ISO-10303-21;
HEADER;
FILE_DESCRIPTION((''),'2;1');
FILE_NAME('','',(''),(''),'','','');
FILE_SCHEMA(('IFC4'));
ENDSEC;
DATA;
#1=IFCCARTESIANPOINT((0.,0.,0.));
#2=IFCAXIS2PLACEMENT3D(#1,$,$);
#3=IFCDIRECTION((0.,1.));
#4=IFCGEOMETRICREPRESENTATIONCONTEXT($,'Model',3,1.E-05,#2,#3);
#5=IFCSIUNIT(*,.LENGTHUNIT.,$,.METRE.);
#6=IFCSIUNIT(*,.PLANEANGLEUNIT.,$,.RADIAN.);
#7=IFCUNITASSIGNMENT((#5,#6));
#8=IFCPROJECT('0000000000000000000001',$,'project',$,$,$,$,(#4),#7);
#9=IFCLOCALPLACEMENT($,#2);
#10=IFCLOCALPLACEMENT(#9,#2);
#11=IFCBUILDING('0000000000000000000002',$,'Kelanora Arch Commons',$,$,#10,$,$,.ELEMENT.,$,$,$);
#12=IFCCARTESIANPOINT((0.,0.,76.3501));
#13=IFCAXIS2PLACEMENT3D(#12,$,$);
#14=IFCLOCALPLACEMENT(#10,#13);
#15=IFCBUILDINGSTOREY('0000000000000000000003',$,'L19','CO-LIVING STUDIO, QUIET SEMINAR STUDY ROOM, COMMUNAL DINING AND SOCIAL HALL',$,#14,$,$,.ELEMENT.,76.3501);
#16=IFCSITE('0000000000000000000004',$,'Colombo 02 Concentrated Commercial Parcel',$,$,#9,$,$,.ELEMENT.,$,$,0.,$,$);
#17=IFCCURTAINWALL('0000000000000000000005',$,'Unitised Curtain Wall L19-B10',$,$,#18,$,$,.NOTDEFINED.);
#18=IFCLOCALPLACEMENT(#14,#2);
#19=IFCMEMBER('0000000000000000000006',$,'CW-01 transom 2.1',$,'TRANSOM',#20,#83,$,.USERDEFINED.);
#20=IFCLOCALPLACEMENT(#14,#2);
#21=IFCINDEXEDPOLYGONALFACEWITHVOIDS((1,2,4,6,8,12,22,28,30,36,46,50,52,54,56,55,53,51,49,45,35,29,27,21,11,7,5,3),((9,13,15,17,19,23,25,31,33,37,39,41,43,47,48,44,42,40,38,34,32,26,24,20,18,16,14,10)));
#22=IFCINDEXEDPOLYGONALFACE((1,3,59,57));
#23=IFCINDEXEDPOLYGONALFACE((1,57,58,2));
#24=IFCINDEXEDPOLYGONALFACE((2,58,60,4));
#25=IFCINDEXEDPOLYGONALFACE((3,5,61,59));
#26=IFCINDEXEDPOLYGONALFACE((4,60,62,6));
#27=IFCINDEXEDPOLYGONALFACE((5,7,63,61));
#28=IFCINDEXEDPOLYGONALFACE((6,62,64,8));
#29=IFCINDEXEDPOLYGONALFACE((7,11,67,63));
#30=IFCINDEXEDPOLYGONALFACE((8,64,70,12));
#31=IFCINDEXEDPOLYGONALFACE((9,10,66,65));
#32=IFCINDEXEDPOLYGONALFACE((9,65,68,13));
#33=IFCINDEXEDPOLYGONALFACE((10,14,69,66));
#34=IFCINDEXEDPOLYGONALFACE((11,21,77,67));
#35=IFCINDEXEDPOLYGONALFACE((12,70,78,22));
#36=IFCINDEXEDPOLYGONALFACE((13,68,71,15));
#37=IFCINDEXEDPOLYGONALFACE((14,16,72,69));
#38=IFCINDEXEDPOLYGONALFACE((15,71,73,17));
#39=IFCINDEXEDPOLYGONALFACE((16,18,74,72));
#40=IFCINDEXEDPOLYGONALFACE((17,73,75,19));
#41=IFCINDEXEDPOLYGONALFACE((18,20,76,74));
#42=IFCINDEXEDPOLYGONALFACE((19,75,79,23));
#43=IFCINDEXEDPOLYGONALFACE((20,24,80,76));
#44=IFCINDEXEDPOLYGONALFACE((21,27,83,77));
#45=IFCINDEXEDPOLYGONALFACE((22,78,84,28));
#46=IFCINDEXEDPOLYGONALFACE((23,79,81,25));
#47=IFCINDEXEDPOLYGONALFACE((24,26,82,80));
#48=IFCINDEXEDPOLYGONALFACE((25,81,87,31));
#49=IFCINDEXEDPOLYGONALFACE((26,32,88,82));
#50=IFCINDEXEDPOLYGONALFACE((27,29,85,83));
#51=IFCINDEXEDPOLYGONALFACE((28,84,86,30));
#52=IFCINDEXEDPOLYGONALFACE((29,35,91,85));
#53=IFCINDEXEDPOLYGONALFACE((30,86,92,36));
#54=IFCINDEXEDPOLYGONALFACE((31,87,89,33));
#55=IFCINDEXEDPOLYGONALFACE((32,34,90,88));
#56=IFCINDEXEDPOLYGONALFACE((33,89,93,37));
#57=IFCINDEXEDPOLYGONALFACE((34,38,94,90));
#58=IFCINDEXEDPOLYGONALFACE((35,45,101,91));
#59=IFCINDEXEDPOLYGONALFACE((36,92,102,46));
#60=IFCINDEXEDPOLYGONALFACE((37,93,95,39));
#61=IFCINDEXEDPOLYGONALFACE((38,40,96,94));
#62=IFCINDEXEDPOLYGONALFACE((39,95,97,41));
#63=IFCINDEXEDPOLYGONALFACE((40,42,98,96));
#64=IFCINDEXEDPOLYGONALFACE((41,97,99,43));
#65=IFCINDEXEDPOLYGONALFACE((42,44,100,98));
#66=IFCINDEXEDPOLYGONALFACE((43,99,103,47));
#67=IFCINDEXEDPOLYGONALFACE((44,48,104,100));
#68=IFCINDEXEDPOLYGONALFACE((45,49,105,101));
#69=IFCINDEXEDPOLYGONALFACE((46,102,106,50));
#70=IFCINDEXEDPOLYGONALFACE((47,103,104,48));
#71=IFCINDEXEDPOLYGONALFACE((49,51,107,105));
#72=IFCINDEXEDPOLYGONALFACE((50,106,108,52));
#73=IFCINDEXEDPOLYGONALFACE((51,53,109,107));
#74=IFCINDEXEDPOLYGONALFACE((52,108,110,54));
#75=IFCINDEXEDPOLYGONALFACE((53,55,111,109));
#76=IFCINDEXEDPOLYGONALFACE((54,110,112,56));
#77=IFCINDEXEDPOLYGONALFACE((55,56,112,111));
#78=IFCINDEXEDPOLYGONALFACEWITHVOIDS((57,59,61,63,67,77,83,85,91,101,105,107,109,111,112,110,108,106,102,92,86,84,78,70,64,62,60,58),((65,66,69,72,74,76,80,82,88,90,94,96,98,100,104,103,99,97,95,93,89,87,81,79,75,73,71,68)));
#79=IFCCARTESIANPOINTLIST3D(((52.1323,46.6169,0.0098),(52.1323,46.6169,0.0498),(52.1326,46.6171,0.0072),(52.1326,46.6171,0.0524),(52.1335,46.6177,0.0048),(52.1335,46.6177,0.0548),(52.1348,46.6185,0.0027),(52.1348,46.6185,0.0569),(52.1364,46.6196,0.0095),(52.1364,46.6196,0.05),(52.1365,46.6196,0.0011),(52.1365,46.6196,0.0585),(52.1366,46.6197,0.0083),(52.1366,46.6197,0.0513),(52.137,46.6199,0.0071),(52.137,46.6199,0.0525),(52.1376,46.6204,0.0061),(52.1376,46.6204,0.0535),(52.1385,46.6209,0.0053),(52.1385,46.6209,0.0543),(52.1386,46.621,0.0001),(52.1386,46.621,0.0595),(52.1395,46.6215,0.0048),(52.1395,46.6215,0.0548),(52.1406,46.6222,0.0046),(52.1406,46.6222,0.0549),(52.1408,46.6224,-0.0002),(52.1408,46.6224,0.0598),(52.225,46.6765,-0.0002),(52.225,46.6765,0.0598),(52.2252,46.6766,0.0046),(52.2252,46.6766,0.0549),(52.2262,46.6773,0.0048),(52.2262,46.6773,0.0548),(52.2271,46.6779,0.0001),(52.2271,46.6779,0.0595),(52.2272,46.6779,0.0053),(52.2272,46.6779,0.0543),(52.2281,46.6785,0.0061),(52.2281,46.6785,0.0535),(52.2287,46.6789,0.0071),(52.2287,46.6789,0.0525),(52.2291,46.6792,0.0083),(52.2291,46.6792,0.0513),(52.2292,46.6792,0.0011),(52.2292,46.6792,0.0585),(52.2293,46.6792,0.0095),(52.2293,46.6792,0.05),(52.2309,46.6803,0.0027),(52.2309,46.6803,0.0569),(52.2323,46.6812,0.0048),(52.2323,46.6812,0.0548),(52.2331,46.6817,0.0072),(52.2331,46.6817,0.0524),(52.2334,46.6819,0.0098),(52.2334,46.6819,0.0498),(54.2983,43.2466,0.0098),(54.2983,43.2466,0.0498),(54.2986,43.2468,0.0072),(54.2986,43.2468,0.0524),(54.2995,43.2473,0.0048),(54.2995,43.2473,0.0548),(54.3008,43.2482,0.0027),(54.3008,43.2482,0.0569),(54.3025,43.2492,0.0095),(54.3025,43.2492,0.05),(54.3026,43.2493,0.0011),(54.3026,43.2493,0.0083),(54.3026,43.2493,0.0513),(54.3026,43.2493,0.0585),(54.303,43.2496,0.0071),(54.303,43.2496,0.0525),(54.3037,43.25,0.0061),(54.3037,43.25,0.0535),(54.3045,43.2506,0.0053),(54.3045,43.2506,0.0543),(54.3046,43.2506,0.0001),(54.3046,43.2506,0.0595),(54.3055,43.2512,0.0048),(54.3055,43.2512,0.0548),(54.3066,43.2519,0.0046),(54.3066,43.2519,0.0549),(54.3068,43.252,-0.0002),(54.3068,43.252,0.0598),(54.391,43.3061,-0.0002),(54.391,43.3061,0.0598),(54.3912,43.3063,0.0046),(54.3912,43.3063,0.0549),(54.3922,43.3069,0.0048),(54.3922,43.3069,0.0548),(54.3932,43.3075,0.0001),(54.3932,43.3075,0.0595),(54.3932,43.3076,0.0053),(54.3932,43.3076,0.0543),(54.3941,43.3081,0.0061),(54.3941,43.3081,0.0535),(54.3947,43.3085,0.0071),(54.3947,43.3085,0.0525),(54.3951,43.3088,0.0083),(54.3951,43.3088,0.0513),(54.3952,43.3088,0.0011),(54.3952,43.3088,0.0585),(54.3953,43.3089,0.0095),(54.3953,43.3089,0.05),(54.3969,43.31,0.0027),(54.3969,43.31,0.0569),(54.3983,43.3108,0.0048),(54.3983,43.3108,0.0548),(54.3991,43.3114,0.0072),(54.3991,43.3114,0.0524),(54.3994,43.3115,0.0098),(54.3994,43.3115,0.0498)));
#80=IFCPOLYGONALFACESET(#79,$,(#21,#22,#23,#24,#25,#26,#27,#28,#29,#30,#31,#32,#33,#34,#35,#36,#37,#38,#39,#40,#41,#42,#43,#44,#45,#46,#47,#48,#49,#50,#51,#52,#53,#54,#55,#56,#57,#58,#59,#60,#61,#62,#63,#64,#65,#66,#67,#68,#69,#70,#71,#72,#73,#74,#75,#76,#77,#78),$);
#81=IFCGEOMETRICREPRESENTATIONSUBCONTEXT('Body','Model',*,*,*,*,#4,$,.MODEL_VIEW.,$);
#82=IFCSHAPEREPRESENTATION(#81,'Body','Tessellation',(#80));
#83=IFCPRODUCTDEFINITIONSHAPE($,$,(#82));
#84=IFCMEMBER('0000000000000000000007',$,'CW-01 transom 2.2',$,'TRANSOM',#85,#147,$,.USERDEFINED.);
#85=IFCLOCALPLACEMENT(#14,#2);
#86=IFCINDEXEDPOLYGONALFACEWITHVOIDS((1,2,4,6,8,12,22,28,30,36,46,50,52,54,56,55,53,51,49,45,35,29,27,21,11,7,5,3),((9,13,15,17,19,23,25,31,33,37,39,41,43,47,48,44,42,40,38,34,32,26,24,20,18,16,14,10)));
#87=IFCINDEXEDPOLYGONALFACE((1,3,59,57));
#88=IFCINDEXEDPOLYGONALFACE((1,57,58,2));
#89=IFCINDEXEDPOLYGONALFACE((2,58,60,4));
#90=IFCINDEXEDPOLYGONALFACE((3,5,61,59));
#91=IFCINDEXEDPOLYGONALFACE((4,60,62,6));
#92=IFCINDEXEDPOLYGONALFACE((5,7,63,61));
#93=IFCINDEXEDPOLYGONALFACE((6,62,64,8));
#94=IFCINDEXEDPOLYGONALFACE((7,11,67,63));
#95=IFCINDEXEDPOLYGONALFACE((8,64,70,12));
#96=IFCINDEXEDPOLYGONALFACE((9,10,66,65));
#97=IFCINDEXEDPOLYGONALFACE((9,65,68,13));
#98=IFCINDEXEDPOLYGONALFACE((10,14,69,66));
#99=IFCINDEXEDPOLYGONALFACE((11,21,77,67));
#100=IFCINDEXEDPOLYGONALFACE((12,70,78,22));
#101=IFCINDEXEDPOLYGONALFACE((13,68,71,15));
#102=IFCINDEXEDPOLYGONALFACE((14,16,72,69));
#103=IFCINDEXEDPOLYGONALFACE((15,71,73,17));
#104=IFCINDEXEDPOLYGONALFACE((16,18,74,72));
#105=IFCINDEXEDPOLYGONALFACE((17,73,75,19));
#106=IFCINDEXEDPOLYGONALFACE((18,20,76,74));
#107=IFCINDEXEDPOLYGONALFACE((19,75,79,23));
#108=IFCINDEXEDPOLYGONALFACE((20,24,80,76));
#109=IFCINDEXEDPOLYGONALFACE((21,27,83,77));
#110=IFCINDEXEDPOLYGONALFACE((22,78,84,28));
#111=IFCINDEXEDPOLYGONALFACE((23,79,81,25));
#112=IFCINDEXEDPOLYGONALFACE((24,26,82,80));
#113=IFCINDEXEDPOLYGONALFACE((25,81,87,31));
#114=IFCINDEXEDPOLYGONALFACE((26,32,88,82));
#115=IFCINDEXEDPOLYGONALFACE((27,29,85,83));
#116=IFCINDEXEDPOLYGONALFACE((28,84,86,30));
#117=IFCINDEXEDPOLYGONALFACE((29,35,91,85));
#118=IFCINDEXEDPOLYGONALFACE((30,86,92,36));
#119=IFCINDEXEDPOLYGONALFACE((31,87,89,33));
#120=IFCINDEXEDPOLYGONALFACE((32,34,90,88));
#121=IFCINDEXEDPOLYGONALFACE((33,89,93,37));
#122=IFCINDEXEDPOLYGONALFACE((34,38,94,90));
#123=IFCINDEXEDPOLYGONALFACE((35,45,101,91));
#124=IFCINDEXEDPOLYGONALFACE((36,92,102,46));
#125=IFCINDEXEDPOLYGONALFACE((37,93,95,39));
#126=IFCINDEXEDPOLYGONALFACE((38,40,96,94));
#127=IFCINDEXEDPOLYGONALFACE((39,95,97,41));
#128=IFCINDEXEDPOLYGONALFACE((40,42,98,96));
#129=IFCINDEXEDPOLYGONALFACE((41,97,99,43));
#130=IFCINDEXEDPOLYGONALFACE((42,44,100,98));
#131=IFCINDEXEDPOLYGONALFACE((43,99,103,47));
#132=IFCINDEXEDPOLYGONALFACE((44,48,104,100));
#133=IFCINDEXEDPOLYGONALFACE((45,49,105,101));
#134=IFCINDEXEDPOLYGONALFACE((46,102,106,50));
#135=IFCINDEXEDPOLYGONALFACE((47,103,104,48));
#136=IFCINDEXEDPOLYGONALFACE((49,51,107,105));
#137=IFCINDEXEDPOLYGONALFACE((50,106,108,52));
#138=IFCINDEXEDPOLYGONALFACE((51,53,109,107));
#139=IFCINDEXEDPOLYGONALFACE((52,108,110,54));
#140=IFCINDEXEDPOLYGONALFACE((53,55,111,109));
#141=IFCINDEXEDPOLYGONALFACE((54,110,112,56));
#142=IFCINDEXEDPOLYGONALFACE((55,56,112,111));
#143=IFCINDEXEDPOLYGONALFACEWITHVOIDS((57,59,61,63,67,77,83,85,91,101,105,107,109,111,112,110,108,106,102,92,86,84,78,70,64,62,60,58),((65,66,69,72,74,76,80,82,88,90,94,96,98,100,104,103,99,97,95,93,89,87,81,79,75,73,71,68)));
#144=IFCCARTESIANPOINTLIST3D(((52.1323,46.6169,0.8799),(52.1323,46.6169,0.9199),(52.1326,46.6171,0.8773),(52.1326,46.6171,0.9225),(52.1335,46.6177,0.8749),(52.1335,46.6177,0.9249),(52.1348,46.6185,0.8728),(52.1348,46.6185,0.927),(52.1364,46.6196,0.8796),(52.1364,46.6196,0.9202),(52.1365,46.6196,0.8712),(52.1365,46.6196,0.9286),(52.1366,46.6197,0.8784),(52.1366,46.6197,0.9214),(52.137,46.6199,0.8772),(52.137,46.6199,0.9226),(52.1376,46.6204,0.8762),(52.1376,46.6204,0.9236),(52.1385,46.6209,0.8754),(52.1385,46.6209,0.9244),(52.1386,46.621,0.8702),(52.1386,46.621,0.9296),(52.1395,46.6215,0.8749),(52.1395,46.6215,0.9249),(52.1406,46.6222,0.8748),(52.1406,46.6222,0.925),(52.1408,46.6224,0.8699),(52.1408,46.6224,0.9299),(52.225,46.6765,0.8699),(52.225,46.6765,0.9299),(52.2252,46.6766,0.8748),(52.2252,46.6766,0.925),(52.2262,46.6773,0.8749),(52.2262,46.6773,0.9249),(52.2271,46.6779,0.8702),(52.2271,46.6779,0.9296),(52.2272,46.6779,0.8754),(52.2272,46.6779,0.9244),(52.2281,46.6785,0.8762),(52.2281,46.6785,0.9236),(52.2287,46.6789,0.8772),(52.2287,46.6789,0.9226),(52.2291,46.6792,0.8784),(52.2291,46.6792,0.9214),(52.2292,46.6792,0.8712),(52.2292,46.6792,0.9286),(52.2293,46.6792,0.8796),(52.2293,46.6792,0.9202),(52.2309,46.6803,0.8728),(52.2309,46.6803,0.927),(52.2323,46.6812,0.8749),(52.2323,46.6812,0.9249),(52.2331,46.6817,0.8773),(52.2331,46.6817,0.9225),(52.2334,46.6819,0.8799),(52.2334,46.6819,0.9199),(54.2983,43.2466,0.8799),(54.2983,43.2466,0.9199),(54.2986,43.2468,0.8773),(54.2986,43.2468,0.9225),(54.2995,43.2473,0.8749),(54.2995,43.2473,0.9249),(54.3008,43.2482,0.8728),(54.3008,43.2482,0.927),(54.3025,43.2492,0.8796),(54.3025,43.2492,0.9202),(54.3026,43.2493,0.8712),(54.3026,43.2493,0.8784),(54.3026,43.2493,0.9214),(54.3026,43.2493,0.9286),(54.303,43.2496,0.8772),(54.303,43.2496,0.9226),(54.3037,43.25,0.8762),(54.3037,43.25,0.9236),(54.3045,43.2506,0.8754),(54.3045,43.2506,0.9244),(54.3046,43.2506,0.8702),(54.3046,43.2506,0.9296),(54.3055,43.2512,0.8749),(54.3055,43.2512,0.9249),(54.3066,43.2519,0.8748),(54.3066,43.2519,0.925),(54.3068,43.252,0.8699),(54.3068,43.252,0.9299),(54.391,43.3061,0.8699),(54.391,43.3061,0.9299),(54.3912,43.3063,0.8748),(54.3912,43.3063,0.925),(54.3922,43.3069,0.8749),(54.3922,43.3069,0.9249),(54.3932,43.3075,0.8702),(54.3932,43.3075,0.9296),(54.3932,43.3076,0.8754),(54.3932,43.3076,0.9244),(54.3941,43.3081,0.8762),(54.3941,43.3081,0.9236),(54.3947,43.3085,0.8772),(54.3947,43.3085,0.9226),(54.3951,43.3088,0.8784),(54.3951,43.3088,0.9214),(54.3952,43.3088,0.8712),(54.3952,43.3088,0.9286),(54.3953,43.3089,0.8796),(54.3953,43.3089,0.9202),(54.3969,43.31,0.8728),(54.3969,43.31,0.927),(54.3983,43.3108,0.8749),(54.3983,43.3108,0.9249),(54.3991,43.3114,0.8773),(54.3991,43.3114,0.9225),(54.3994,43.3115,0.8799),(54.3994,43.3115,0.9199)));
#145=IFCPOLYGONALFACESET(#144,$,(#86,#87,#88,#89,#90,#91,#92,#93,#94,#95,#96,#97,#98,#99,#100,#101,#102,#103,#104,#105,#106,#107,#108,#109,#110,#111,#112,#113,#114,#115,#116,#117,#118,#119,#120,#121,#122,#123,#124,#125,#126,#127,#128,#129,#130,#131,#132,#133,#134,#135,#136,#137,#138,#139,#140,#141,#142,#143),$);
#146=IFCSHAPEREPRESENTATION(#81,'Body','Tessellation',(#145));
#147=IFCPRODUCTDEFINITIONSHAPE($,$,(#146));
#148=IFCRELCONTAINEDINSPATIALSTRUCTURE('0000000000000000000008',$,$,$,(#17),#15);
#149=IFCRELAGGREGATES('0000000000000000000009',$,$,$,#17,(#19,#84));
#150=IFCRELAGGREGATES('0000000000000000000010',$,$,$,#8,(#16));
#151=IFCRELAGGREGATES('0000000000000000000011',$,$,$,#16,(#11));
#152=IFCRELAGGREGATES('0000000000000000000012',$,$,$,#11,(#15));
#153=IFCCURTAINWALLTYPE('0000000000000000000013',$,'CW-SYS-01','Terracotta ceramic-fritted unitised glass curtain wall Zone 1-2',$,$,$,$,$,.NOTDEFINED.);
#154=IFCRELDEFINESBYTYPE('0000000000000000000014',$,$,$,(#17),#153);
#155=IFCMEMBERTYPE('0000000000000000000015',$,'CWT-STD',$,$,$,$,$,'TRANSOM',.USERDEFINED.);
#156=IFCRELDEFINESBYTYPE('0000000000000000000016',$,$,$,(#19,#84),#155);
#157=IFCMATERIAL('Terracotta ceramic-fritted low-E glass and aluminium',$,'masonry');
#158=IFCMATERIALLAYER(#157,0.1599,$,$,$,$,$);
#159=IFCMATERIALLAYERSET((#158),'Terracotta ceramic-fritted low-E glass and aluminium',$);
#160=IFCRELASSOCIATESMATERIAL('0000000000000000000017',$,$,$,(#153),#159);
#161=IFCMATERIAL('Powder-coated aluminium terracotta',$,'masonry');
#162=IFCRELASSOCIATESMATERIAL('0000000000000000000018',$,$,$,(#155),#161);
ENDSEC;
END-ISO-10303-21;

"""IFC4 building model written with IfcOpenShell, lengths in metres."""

from ifc_helpers import new_model, si_unit, direction, frame, origin, origin_2d, place, context, subcontext, project, spatial, hollow_rectangle, extrude, material, layer, layer_set, material_profile, profile_set, type_object, element, aggregate, save


model = new_model("IFC4")

# Units and contexts
model_context = context("Model", 3, precision=1e-05, world=origin(), true_north=direction((0.0, 1.0)))
body_context = subcontext(model_context, "Body", "Model", "MODEL_VIEW")
ifc_project = project(units=[si_unit("LENGTHUNIT", "METRE"), si_unit("PLANEANGLEUNIT", "RADIAN")], contexts=[model_context])

# Site, building, storey
site_placement = place(None, origin())
site = spatial("IfcSite", under=ifc_project, at=site_placement, Name="Colombo 02 Concentrated Commercial Parcel", CompositionType="ELEMENT", RefElevation=0.0)
building_placement = place(site_placement, origin())
building = spatial("IfcBuilding", under=site, at=building_placement, Name="Kelanora Arch Commons", CompositionType="ELEMENT")
storey_placement = place(building_placement, frame((0.0, 0.0, 76.3501)))
storey = spatial("IfcBuildingStorey", under=building, at=storey_placement, Name="L19", Description="CO-LIVING STUDIO, QUIET SEMINAR STUDY ROOM, COMMUNAL DINING AND SOCIAL HALL", CompositionType="ELEMENT", Elevation=76.3501)

# Curtain wall, members
ifc_material_1 = material(Name="Terracotta ceramic-fritted low-E glass and aluminium", Category="masonry")
ifc_layer_1 = layer(ifc_material_1, 0.1599)
ifc_layer_set_1 = layer_set([ifc_layer_1], Name="Terracotta ceramic-fritted low-E glass and aluminium")
curtain_wall_type = type_object("IfcCurtainWallType", Name="CW-SYS-01", Description="Terracotta ceramic-fritted unitised glass curtain wall Zone 1-2", PredefinedType="NOTDEFINED", material=ifc_layer_set_1)
curtain_wall_placement = place(storey_placement, origin())
curtain_wall = element("IfcCurtainWall", 1, at=curtain_wall_placement, inside=storey, type_object=curtain_wall_type, Name="Unitised Curtain Wall L19-B10", PredefinedType="NOTDEFINED")
ifc_material_2 = material(Name="Powder-coated aluminium terracotta", Category="masonry")
ifc_material_profile_1 = material_profile(ifc_material_2, hollow_rectangle(XDim=0.1201, YDim=0.0601, WallThickness=0.0049, InnerFilletRadius=0.0049, OuterFilletRadius=0.01, at=origin_2d()), Name="CWT120x60")
ifc_profile_set_1 = profile_set([ifc_material_profile_1], Name="Powder-coated aluminium terracotta")
member_type_1 = type_object("IfcMemberType", Name="CWT-STD", ElementType="TRANSOM", PredefinedType="USERDEFINED", material=ifc_profile_set_1)
member_1_placement = place(storey_placement, frame((52.1829, 46.6494, 0.0298), z_axis=(0.540644, -0.841252, 0.0), x_axis=(0.841252, 0.540644, 0.0)))
member_1 = element("IfcMember", 2, at=member_1_placement, type_object=member_type_1, Name="CW-01 transom 2.1", ObjectType="TRANSOM", PredefinedType="USERDEFINED", context=body_context, shape_type="SweptSolid", body=[
    extrude(hollow_rectangle(XDim=0.1201, YDim=0.0601, WallThickness=0.0049, InnerFilletRadius=0.0049, OuterFilletRadius=0.01, at=origin_2d()), origin(), (0.0, 0.0, 1.0), 4.0063),
])
member_2_placement = place(storey_placement, frame((52.1829, 46.6494, 0.8999), z_axis=(0.540644, -0.841252, 0.0), x_axis=(0.841252, 0.540644, 0.0)))
member_2 = element("IfcMember", 3, at=member_2_placement, type_object=member_type_1, Name="CW-01 transom 2.2", ObjectType="TRANSOM", PredefinedType="USERDEFINED", context=body_context, shape_type="SweptSolid", body=[
    extrude(hollow_rectangle(XDim=0.1201, YDim=0.0601, WallThickness=0.0049, InnerFilletRadius=0.0049, OuterFilletRadius=0.01, at=origin_2d()), origin(), (0.0, 0.0, 1.0), 4.0063),
])

aggregate(curtain_wall, [member_1, member_2])

save(model, "model.ifc")
